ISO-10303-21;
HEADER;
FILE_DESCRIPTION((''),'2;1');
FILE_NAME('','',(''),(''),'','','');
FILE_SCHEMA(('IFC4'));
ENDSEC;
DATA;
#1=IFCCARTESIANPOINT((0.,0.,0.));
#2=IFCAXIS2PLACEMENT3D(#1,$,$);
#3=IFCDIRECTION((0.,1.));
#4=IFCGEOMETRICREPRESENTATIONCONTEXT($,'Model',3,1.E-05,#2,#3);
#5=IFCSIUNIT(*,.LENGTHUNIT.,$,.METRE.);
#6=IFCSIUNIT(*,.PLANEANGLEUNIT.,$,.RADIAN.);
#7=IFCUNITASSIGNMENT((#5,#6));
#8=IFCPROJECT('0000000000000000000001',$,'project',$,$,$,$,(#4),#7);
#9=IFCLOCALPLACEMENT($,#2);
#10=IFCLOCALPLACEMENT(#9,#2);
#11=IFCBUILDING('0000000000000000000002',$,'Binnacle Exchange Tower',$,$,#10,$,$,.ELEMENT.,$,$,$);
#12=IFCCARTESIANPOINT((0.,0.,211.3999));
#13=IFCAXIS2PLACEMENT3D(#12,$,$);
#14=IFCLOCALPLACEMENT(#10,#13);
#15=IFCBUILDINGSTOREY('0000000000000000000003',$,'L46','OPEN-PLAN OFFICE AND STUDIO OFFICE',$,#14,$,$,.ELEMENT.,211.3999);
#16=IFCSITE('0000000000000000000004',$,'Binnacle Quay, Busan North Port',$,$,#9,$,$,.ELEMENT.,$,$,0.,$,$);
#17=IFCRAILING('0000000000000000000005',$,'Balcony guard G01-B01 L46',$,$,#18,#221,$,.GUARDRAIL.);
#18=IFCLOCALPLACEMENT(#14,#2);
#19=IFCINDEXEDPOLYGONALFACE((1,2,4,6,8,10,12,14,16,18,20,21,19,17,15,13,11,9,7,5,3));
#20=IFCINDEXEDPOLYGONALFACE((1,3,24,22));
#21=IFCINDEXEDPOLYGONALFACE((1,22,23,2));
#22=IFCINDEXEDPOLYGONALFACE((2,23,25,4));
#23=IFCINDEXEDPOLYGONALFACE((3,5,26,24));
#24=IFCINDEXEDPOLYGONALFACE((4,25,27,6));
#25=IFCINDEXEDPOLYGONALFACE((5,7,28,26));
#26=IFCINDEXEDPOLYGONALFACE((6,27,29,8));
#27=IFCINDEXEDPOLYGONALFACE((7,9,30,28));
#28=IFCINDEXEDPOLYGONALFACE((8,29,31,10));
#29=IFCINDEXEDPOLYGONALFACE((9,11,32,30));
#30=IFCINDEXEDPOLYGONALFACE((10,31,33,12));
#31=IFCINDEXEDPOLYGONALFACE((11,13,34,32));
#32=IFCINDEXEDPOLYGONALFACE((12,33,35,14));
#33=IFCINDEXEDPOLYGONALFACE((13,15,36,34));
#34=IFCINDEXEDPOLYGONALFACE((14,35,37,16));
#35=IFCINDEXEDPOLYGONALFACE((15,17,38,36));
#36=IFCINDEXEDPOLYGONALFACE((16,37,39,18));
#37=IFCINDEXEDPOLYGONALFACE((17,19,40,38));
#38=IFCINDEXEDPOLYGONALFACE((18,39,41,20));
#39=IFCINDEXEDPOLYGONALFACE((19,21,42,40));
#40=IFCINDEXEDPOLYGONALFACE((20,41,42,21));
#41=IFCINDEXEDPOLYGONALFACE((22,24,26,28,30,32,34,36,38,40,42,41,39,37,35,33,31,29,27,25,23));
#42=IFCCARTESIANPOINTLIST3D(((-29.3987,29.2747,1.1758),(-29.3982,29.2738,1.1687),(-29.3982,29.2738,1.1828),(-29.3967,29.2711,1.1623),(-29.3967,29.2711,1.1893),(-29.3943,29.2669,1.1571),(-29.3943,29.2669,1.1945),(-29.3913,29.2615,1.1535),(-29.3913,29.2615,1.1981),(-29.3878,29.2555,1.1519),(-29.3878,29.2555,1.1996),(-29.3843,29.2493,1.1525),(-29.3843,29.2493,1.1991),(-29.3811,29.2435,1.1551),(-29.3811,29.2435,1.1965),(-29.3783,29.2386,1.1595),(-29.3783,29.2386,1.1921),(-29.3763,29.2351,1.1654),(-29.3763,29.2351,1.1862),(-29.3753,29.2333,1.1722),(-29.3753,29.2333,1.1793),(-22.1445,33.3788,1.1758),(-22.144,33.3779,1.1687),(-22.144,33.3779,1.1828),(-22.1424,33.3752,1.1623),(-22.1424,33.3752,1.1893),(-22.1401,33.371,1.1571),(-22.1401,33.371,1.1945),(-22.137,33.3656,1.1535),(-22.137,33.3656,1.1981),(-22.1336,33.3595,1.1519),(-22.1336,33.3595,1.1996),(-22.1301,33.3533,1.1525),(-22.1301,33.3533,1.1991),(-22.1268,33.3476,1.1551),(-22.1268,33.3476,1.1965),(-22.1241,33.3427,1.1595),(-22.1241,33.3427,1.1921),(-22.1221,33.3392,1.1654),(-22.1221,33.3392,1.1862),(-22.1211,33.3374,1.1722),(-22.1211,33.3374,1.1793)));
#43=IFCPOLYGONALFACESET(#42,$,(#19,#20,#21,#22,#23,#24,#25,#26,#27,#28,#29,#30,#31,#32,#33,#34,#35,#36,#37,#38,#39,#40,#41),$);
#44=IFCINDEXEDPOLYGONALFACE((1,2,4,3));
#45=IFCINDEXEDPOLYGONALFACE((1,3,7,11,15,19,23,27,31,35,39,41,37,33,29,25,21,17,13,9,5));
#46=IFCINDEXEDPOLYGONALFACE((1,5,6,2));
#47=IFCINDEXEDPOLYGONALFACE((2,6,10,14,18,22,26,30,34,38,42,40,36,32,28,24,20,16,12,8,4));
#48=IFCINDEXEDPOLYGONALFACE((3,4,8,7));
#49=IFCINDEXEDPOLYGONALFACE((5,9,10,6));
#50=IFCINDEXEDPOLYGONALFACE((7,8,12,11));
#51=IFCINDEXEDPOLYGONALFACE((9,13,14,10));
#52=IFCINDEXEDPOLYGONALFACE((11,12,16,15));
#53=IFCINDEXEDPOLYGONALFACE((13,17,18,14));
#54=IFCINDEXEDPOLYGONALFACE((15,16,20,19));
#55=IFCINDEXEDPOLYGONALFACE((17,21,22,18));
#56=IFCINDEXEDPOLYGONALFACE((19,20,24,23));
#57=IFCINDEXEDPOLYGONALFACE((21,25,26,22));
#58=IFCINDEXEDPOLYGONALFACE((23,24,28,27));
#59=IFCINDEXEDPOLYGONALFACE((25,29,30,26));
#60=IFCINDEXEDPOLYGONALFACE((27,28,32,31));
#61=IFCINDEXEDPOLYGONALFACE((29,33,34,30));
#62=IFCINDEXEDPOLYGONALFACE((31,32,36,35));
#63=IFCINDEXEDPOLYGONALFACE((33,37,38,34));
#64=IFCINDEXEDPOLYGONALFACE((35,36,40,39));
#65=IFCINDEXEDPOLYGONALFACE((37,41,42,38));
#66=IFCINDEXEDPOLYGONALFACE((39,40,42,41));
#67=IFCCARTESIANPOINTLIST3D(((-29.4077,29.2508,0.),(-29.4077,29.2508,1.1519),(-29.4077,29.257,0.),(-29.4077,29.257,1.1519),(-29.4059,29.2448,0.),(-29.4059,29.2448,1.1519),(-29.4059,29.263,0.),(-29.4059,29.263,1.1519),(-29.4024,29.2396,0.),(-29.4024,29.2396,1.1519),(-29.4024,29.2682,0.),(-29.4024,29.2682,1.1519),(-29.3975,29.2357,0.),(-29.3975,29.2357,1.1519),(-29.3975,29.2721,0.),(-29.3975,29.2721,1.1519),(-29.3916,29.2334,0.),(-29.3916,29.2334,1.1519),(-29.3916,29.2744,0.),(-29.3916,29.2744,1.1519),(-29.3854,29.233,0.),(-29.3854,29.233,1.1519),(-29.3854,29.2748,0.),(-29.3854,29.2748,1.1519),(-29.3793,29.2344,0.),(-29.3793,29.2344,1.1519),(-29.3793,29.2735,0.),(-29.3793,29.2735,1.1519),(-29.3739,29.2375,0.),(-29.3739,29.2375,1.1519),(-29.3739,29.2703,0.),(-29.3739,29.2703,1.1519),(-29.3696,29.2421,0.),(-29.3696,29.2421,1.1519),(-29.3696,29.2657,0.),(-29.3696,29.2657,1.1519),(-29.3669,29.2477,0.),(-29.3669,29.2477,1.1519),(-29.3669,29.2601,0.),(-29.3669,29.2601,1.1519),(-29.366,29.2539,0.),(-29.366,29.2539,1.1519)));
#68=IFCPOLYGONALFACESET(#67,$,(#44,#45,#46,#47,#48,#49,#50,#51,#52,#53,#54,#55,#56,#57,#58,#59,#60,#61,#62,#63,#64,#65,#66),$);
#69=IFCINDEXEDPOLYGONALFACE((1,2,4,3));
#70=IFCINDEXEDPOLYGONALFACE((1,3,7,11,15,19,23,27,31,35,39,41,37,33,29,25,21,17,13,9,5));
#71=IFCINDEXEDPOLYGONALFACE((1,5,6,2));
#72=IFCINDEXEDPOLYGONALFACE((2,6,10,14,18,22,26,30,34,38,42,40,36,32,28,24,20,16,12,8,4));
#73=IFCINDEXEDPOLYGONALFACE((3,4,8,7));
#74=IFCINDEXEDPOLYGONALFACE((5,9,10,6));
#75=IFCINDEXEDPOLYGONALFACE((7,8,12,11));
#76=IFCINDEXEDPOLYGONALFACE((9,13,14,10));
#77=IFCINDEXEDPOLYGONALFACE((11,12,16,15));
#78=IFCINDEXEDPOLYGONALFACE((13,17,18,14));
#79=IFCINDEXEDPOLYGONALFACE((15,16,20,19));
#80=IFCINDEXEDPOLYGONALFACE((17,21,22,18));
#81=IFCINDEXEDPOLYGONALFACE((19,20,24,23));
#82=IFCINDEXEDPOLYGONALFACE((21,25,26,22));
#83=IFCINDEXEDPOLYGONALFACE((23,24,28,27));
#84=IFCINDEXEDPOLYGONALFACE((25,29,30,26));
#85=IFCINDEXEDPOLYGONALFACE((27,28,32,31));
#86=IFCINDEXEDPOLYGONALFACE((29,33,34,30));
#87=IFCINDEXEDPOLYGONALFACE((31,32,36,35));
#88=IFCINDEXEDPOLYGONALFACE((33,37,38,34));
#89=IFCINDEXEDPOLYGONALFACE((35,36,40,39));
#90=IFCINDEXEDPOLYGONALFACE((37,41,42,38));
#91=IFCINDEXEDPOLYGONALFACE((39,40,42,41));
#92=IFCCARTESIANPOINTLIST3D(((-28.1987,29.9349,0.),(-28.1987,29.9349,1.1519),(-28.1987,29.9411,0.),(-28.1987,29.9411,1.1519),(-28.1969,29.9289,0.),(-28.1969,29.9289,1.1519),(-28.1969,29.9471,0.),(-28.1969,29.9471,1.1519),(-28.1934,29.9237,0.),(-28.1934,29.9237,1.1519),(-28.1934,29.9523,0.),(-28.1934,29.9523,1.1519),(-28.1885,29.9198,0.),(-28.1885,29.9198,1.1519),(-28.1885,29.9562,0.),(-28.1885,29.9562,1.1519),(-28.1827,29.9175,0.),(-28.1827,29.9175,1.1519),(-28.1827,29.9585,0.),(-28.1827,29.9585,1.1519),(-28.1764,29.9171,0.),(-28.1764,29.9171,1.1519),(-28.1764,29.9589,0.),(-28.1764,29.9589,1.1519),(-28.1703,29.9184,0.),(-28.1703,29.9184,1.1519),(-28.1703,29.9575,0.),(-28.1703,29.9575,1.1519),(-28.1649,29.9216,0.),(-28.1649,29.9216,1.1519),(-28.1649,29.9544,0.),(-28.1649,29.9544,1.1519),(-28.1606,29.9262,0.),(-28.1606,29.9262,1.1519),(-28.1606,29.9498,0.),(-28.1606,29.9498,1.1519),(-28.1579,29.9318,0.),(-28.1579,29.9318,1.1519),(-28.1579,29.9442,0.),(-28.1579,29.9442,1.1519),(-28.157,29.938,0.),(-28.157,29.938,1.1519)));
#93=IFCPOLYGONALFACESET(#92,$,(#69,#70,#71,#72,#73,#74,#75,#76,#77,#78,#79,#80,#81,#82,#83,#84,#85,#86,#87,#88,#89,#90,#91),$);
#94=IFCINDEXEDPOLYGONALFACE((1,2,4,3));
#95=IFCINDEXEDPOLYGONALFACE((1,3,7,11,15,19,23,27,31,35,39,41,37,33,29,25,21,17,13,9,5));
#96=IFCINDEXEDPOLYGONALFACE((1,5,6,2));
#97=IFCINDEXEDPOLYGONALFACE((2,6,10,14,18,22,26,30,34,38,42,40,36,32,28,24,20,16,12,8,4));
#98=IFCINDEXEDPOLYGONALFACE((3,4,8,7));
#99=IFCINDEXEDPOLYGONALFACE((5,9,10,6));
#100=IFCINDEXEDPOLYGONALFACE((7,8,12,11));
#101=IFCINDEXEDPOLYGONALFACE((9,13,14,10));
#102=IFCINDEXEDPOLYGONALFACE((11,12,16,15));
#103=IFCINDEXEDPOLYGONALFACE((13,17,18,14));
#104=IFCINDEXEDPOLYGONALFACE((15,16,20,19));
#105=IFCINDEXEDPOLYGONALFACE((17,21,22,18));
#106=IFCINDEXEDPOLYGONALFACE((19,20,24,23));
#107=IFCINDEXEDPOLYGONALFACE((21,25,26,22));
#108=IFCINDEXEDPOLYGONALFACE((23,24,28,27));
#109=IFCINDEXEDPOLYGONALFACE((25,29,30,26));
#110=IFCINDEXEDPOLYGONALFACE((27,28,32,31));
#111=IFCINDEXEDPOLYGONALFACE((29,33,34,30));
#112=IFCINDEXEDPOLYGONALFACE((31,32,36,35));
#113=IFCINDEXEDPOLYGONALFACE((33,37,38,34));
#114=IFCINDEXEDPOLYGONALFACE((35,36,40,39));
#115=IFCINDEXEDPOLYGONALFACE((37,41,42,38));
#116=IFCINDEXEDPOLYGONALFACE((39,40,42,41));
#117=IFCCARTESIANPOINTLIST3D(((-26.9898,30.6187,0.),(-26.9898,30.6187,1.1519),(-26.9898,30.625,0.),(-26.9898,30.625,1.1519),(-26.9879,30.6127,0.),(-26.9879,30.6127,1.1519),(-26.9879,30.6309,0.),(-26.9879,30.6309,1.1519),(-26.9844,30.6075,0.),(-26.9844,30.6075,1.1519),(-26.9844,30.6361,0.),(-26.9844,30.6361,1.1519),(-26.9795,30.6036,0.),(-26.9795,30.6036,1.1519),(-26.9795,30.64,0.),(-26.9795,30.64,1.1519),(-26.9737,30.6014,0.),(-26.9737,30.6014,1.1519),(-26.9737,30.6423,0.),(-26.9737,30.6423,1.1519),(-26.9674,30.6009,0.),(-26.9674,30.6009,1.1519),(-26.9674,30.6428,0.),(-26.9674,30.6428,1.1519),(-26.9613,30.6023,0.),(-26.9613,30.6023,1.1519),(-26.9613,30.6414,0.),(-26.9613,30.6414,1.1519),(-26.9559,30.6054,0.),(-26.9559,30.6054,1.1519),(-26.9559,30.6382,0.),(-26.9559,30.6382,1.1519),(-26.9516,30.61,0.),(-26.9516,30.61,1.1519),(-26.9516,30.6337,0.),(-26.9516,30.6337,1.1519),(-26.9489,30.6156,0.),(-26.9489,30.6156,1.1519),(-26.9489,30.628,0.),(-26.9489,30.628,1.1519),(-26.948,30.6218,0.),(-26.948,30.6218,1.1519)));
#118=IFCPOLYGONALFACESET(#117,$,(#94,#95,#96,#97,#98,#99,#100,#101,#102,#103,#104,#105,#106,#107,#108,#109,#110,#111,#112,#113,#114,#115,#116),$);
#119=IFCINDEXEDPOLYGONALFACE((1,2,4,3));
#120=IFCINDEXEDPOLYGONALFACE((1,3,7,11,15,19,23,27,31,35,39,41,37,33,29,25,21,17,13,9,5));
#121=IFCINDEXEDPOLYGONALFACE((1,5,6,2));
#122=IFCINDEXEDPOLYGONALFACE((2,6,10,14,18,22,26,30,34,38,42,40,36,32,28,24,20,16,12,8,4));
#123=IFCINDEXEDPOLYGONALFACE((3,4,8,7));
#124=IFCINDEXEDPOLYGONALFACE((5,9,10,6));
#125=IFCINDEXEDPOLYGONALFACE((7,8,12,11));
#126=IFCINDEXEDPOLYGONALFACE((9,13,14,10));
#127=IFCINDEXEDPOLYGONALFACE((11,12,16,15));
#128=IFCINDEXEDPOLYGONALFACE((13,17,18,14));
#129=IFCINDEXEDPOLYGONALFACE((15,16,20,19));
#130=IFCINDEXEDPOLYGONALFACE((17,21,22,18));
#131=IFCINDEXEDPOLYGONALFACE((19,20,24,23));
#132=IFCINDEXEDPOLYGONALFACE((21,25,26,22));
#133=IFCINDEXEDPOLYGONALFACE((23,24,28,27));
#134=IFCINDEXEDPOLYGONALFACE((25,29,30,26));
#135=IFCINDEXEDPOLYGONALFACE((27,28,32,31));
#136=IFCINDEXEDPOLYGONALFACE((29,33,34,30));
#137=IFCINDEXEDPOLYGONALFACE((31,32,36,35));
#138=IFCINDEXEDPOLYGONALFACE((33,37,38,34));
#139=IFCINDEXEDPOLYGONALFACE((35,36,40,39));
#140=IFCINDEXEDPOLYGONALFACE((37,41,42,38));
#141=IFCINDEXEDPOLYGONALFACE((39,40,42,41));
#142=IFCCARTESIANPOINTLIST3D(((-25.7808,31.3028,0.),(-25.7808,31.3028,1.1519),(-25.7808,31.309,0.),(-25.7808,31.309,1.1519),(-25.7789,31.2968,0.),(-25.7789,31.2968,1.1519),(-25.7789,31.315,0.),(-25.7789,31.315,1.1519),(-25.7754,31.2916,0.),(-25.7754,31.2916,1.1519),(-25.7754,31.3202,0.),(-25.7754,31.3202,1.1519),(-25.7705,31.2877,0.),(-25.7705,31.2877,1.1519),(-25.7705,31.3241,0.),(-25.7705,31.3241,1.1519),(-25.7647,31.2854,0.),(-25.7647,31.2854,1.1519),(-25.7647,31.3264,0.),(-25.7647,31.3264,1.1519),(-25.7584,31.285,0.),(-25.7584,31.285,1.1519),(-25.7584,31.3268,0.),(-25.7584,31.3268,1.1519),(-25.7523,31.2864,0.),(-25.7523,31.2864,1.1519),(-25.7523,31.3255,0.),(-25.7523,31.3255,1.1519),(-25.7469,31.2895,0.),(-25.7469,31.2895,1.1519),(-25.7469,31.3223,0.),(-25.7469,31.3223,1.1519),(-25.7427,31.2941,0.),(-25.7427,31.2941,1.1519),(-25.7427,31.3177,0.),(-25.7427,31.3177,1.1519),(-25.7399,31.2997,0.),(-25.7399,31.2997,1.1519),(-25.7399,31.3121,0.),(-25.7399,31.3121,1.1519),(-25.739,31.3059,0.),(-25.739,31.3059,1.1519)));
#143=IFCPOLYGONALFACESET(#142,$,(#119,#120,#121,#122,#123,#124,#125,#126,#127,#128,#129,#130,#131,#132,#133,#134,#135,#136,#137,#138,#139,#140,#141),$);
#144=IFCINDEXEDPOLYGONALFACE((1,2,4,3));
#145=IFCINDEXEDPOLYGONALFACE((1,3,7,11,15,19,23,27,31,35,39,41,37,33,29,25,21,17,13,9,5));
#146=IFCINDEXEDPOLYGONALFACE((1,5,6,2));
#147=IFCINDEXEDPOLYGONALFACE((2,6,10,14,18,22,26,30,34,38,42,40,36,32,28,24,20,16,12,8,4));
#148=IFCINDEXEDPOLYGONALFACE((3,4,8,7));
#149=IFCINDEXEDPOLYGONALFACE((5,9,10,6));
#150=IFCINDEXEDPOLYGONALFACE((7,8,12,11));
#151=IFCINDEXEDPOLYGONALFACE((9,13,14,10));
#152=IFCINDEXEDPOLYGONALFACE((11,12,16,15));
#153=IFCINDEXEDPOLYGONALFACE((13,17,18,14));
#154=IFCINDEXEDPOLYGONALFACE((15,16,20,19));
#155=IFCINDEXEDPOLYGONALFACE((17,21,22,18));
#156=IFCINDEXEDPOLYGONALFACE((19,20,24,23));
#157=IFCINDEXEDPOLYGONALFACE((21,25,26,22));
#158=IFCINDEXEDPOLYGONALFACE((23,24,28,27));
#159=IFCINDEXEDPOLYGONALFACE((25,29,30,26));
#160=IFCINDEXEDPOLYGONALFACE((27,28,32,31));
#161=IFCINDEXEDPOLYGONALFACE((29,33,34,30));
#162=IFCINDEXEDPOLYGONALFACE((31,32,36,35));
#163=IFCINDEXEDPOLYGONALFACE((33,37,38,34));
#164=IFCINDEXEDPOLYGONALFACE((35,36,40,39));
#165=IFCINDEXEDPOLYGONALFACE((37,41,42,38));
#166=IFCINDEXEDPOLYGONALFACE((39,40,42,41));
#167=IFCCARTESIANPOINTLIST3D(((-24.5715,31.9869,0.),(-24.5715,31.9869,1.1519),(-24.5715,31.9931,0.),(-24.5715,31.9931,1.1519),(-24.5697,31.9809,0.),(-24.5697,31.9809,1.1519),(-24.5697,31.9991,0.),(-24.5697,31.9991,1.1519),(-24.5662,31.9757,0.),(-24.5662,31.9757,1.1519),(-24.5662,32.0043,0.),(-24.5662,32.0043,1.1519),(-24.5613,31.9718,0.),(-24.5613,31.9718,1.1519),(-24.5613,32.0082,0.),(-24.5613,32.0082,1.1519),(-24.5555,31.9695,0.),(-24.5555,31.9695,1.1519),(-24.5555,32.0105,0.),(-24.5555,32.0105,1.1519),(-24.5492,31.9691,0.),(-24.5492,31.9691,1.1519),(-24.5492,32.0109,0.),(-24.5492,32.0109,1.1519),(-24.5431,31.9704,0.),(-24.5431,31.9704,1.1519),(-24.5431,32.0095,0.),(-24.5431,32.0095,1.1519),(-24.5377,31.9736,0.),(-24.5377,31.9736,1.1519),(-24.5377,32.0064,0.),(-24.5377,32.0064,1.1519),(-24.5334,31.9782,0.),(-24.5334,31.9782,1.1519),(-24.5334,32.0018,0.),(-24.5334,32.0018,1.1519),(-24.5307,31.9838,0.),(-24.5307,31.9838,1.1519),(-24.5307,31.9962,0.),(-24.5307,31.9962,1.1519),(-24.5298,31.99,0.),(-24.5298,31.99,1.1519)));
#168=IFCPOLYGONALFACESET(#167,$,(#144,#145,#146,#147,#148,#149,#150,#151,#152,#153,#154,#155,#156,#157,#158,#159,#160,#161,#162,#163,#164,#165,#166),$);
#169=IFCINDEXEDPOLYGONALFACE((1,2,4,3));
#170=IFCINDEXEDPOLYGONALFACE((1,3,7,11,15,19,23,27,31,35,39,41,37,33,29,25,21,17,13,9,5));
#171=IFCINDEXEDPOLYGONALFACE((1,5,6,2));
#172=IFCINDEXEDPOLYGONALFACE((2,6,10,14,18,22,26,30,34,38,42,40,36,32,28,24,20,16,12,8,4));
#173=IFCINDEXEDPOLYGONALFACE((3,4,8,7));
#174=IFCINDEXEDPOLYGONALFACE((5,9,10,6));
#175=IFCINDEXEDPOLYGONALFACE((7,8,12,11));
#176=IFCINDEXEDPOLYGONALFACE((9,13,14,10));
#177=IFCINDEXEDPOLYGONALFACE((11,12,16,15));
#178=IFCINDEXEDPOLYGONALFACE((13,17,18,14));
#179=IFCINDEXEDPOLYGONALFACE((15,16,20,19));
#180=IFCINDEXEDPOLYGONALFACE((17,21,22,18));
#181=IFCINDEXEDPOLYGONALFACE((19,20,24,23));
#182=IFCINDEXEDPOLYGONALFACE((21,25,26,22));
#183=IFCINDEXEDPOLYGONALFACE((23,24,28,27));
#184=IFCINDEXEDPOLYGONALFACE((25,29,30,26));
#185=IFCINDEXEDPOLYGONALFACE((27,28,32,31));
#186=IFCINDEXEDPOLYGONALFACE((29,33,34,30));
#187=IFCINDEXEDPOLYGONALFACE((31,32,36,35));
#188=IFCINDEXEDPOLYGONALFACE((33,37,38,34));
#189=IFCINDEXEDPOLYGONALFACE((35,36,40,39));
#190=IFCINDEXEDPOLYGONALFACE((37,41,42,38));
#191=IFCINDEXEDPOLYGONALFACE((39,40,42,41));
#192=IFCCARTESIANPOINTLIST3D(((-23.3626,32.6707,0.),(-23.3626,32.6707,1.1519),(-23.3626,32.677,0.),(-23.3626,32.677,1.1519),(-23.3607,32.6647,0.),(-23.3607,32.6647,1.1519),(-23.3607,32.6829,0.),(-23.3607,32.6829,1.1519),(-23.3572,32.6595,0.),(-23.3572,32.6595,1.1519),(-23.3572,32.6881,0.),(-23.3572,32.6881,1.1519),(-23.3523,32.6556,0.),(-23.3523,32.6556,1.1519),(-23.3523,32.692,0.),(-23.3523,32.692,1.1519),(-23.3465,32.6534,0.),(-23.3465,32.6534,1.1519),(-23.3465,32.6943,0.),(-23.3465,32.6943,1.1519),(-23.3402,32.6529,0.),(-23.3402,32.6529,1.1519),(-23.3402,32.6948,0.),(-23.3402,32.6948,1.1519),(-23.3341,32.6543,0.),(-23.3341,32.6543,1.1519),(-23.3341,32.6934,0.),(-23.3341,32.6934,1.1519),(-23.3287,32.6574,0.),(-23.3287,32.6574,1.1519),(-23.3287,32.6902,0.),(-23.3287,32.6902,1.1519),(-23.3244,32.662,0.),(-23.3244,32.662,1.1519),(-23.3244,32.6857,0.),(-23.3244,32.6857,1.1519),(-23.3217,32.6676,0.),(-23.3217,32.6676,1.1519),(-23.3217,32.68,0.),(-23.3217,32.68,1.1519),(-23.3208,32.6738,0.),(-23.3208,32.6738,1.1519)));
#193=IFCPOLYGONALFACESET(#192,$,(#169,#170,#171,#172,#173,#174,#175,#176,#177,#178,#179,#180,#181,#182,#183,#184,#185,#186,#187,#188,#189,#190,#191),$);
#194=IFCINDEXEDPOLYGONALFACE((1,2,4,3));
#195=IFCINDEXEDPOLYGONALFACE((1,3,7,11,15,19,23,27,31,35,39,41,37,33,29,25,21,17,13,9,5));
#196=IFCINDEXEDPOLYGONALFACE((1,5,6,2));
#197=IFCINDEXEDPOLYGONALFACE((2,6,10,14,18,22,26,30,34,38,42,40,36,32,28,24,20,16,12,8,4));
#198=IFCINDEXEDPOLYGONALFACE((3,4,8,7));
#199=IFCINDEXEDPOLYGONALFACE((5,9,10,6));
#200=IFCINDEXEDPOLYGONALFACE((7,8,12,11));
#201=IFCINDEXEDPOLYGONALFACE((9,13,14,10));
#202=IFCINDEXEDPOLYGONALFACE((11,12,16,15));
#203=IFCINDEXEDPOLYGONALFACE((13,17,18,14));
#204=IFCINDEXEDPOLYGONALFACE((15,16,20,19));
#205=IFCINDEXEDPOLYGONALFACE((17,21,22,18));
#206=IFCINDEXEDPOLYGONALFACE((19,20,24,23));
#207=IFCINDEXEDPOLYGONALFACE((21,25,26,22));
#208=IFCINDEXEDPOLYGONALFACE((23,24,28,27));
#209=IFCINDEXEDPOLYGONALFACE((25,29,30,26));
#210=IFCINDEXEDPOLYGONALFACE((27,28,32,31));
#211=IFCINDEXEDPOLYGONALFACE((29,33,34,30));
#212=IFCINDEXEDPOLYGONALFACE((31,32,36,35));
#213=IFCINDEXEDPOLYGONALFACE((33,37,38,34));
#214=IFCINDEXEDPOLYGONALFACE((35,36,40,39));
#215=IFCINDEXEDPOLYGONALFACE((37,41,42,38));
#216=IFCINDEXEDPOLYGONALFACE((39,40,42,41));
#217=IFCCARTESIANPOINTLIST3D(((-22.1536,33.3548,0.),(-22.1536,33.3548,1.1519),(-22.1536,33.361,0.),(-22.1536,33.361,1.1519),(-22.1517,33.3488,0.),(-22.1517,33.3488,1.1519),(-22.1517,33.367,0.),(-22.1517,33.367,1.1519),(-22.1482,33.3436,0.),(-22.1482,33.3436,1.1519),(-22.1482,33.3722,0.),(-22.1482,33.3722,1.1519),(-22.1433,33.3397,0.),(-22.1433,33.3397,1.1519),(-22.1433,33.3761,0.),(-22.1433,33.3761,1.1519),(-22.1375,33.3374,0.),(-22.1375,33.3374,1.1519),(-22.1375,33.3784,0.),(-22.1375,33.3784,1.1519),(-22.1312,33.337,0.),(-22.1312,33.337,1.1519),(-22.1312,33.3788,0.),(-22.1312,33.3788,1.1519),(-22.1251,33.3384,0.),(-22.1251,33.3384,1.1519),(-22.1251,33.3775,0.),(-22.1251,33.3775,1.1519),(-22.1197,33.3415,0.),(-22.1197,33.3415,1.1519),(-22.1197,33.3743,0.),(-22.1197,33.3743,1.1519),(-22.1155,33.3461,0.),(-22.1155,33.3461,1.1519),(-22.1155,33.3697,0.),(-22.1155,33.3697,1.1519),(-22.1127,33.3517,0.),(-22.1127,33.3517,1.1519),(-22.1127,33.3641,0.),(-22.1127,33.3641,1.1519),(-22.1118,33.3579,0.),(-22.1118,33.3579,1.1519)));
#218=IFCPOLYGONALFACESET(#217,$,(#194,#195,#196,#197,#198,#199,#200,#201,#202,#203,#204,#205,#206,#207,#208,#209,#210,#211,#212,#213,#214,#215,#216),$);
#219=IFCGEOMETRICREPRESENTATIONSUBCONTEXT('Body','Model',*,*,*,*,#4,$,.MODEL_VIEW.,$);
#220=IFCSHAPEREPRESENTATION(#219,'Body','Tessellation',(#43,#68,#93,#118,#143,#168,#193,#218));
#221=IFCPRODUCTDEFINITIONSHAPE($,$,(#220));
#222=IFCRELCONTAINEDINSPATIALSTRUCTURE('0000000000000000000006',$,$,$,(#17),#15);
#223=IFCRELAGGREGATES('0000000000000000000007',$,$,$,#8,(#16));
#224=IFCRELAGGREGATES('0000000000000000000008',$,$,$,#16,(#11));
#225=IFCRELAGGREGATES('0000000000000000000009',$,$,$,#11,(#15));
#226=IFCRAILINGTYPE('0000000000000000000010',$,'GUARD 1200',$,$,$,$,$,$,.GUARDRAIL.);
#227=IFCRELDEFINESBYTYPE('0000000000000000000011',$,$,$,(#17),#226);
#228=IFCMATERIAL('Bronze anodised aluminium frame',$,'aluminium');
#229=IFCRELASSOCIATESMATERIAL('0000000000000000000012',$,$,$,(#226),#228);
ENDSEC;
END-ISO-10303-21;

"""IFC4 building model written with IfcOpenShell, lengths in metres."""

from ifc_helpers import new_model, si_unit, direction, frame, origin, origin_2d, place, context, subcontext, project, spatial, circle, extrude, material, type_object, element, save


model = new_model("IFC4")

# Units and contexts
model_context = context("Model", 3, precision=1e-05, world=origin(), true_north=direction((0.0, 1.0)))
body_context = subcontext(model_context, "Body", "Model", "MODEL_VIEW")
ifc_project = project(units=[si_unit("LENGTHUNIT", "METRE"), si_unit("PLANEANGLEUNIT", "RADIAN")], contexts=[model_context])

# Site, building, storey
site_placement = place(None, origin())
site = spatial("IfcSite", under=ifc_project, at=site_placement, Name="Binnacle Quay, Busan North Port", CompositionType="ELEMENT", RefElevation=0.0)
building_placement = place(site_placement, origin())
building = spatial("IfcBuilding", under=site, at=building_placement, Name="Binnacle Exchange Tower", CompositionType="ELEMENT")
storey_placement = place(building_placement, frame((0.0, 0.0, 211.3999)))
storey = spatial("IfcBuildingStorey", under=building, at=storey_placement, Name="L46", Description="OPEN-PLAN OFFICE AND STUDIO OFFICE", CompositionType="ELEMENT", Elevation=211.3999)

# Railing
ifc_material_1 = material(Name="Bronze anodised aluminium frame", Category="aluminium")
railing_type_1 = type_object("IfcRailingType", Name="GUARD 1200", PredefinedType="GUARDRAIL", material=ifc_material_1)
railing_1_placement = place(storey_placement, frame((-29.387, 29.2539, 0.0)))
element("IfcRailing", 1, at=railing_1_placement, inside=storey, type_object=railing_type_1, Name="Balcony guard G01-B01 L46", PredefinedType="GUARDRAIL", context=body_context, shape_type="SweptSolid", body=[
    extrude(circle(Radius=0.0239, at=origin_2d()), frame((0.0, 0.0, 1.1758), z_axis=(0.870366, 0.492406, 0.0), x_axis=(-0.492406, 0.870366, 0.0)), (0.0, 0.0, 1.0), 8.3347),
    extrude(circle(Radius=0.021, at=origin_2d()), origin(), (0.0, 0.0, 1.0), 1.1519),
    extrude(circle(Radius=0.021, at=origin_2d()), frame((1.209, 0.6841, 0.0)), (0.0, 0.0, 1.0), 1.1519),
    extrude(circle(Radius=0.021, at=origin_2d()), frame((2.418, 1.3679, 0.0)), (0.0, 0.0, 1.0), 1.1519),
    extrude(circle(Radius=0.021, at=origin_2d()), frame((3.627, 2.052, 0.0)), (0.0, 0.0, 1.0), 1.1519),
    extrude(circle(Radius=0.021, at=origin_2d()), frame((4.8362, 2.7361, 0.0)), (0.0, 0.0, 1.0), 1.1519),
    extrude(circle(Radius=0.021, at=origin_2d()), frame((6.0452, 3.4199, 0.0)), (0.0, 0.0, 1.0), 1.1519),
    extrude(circle(Radius=0.021, at=origin_2d()), frame((7.2542, 4.104, 0.0)), (0.0, 0.0, 1.0), 1.1519),
])

save(model, "model.ifc")
